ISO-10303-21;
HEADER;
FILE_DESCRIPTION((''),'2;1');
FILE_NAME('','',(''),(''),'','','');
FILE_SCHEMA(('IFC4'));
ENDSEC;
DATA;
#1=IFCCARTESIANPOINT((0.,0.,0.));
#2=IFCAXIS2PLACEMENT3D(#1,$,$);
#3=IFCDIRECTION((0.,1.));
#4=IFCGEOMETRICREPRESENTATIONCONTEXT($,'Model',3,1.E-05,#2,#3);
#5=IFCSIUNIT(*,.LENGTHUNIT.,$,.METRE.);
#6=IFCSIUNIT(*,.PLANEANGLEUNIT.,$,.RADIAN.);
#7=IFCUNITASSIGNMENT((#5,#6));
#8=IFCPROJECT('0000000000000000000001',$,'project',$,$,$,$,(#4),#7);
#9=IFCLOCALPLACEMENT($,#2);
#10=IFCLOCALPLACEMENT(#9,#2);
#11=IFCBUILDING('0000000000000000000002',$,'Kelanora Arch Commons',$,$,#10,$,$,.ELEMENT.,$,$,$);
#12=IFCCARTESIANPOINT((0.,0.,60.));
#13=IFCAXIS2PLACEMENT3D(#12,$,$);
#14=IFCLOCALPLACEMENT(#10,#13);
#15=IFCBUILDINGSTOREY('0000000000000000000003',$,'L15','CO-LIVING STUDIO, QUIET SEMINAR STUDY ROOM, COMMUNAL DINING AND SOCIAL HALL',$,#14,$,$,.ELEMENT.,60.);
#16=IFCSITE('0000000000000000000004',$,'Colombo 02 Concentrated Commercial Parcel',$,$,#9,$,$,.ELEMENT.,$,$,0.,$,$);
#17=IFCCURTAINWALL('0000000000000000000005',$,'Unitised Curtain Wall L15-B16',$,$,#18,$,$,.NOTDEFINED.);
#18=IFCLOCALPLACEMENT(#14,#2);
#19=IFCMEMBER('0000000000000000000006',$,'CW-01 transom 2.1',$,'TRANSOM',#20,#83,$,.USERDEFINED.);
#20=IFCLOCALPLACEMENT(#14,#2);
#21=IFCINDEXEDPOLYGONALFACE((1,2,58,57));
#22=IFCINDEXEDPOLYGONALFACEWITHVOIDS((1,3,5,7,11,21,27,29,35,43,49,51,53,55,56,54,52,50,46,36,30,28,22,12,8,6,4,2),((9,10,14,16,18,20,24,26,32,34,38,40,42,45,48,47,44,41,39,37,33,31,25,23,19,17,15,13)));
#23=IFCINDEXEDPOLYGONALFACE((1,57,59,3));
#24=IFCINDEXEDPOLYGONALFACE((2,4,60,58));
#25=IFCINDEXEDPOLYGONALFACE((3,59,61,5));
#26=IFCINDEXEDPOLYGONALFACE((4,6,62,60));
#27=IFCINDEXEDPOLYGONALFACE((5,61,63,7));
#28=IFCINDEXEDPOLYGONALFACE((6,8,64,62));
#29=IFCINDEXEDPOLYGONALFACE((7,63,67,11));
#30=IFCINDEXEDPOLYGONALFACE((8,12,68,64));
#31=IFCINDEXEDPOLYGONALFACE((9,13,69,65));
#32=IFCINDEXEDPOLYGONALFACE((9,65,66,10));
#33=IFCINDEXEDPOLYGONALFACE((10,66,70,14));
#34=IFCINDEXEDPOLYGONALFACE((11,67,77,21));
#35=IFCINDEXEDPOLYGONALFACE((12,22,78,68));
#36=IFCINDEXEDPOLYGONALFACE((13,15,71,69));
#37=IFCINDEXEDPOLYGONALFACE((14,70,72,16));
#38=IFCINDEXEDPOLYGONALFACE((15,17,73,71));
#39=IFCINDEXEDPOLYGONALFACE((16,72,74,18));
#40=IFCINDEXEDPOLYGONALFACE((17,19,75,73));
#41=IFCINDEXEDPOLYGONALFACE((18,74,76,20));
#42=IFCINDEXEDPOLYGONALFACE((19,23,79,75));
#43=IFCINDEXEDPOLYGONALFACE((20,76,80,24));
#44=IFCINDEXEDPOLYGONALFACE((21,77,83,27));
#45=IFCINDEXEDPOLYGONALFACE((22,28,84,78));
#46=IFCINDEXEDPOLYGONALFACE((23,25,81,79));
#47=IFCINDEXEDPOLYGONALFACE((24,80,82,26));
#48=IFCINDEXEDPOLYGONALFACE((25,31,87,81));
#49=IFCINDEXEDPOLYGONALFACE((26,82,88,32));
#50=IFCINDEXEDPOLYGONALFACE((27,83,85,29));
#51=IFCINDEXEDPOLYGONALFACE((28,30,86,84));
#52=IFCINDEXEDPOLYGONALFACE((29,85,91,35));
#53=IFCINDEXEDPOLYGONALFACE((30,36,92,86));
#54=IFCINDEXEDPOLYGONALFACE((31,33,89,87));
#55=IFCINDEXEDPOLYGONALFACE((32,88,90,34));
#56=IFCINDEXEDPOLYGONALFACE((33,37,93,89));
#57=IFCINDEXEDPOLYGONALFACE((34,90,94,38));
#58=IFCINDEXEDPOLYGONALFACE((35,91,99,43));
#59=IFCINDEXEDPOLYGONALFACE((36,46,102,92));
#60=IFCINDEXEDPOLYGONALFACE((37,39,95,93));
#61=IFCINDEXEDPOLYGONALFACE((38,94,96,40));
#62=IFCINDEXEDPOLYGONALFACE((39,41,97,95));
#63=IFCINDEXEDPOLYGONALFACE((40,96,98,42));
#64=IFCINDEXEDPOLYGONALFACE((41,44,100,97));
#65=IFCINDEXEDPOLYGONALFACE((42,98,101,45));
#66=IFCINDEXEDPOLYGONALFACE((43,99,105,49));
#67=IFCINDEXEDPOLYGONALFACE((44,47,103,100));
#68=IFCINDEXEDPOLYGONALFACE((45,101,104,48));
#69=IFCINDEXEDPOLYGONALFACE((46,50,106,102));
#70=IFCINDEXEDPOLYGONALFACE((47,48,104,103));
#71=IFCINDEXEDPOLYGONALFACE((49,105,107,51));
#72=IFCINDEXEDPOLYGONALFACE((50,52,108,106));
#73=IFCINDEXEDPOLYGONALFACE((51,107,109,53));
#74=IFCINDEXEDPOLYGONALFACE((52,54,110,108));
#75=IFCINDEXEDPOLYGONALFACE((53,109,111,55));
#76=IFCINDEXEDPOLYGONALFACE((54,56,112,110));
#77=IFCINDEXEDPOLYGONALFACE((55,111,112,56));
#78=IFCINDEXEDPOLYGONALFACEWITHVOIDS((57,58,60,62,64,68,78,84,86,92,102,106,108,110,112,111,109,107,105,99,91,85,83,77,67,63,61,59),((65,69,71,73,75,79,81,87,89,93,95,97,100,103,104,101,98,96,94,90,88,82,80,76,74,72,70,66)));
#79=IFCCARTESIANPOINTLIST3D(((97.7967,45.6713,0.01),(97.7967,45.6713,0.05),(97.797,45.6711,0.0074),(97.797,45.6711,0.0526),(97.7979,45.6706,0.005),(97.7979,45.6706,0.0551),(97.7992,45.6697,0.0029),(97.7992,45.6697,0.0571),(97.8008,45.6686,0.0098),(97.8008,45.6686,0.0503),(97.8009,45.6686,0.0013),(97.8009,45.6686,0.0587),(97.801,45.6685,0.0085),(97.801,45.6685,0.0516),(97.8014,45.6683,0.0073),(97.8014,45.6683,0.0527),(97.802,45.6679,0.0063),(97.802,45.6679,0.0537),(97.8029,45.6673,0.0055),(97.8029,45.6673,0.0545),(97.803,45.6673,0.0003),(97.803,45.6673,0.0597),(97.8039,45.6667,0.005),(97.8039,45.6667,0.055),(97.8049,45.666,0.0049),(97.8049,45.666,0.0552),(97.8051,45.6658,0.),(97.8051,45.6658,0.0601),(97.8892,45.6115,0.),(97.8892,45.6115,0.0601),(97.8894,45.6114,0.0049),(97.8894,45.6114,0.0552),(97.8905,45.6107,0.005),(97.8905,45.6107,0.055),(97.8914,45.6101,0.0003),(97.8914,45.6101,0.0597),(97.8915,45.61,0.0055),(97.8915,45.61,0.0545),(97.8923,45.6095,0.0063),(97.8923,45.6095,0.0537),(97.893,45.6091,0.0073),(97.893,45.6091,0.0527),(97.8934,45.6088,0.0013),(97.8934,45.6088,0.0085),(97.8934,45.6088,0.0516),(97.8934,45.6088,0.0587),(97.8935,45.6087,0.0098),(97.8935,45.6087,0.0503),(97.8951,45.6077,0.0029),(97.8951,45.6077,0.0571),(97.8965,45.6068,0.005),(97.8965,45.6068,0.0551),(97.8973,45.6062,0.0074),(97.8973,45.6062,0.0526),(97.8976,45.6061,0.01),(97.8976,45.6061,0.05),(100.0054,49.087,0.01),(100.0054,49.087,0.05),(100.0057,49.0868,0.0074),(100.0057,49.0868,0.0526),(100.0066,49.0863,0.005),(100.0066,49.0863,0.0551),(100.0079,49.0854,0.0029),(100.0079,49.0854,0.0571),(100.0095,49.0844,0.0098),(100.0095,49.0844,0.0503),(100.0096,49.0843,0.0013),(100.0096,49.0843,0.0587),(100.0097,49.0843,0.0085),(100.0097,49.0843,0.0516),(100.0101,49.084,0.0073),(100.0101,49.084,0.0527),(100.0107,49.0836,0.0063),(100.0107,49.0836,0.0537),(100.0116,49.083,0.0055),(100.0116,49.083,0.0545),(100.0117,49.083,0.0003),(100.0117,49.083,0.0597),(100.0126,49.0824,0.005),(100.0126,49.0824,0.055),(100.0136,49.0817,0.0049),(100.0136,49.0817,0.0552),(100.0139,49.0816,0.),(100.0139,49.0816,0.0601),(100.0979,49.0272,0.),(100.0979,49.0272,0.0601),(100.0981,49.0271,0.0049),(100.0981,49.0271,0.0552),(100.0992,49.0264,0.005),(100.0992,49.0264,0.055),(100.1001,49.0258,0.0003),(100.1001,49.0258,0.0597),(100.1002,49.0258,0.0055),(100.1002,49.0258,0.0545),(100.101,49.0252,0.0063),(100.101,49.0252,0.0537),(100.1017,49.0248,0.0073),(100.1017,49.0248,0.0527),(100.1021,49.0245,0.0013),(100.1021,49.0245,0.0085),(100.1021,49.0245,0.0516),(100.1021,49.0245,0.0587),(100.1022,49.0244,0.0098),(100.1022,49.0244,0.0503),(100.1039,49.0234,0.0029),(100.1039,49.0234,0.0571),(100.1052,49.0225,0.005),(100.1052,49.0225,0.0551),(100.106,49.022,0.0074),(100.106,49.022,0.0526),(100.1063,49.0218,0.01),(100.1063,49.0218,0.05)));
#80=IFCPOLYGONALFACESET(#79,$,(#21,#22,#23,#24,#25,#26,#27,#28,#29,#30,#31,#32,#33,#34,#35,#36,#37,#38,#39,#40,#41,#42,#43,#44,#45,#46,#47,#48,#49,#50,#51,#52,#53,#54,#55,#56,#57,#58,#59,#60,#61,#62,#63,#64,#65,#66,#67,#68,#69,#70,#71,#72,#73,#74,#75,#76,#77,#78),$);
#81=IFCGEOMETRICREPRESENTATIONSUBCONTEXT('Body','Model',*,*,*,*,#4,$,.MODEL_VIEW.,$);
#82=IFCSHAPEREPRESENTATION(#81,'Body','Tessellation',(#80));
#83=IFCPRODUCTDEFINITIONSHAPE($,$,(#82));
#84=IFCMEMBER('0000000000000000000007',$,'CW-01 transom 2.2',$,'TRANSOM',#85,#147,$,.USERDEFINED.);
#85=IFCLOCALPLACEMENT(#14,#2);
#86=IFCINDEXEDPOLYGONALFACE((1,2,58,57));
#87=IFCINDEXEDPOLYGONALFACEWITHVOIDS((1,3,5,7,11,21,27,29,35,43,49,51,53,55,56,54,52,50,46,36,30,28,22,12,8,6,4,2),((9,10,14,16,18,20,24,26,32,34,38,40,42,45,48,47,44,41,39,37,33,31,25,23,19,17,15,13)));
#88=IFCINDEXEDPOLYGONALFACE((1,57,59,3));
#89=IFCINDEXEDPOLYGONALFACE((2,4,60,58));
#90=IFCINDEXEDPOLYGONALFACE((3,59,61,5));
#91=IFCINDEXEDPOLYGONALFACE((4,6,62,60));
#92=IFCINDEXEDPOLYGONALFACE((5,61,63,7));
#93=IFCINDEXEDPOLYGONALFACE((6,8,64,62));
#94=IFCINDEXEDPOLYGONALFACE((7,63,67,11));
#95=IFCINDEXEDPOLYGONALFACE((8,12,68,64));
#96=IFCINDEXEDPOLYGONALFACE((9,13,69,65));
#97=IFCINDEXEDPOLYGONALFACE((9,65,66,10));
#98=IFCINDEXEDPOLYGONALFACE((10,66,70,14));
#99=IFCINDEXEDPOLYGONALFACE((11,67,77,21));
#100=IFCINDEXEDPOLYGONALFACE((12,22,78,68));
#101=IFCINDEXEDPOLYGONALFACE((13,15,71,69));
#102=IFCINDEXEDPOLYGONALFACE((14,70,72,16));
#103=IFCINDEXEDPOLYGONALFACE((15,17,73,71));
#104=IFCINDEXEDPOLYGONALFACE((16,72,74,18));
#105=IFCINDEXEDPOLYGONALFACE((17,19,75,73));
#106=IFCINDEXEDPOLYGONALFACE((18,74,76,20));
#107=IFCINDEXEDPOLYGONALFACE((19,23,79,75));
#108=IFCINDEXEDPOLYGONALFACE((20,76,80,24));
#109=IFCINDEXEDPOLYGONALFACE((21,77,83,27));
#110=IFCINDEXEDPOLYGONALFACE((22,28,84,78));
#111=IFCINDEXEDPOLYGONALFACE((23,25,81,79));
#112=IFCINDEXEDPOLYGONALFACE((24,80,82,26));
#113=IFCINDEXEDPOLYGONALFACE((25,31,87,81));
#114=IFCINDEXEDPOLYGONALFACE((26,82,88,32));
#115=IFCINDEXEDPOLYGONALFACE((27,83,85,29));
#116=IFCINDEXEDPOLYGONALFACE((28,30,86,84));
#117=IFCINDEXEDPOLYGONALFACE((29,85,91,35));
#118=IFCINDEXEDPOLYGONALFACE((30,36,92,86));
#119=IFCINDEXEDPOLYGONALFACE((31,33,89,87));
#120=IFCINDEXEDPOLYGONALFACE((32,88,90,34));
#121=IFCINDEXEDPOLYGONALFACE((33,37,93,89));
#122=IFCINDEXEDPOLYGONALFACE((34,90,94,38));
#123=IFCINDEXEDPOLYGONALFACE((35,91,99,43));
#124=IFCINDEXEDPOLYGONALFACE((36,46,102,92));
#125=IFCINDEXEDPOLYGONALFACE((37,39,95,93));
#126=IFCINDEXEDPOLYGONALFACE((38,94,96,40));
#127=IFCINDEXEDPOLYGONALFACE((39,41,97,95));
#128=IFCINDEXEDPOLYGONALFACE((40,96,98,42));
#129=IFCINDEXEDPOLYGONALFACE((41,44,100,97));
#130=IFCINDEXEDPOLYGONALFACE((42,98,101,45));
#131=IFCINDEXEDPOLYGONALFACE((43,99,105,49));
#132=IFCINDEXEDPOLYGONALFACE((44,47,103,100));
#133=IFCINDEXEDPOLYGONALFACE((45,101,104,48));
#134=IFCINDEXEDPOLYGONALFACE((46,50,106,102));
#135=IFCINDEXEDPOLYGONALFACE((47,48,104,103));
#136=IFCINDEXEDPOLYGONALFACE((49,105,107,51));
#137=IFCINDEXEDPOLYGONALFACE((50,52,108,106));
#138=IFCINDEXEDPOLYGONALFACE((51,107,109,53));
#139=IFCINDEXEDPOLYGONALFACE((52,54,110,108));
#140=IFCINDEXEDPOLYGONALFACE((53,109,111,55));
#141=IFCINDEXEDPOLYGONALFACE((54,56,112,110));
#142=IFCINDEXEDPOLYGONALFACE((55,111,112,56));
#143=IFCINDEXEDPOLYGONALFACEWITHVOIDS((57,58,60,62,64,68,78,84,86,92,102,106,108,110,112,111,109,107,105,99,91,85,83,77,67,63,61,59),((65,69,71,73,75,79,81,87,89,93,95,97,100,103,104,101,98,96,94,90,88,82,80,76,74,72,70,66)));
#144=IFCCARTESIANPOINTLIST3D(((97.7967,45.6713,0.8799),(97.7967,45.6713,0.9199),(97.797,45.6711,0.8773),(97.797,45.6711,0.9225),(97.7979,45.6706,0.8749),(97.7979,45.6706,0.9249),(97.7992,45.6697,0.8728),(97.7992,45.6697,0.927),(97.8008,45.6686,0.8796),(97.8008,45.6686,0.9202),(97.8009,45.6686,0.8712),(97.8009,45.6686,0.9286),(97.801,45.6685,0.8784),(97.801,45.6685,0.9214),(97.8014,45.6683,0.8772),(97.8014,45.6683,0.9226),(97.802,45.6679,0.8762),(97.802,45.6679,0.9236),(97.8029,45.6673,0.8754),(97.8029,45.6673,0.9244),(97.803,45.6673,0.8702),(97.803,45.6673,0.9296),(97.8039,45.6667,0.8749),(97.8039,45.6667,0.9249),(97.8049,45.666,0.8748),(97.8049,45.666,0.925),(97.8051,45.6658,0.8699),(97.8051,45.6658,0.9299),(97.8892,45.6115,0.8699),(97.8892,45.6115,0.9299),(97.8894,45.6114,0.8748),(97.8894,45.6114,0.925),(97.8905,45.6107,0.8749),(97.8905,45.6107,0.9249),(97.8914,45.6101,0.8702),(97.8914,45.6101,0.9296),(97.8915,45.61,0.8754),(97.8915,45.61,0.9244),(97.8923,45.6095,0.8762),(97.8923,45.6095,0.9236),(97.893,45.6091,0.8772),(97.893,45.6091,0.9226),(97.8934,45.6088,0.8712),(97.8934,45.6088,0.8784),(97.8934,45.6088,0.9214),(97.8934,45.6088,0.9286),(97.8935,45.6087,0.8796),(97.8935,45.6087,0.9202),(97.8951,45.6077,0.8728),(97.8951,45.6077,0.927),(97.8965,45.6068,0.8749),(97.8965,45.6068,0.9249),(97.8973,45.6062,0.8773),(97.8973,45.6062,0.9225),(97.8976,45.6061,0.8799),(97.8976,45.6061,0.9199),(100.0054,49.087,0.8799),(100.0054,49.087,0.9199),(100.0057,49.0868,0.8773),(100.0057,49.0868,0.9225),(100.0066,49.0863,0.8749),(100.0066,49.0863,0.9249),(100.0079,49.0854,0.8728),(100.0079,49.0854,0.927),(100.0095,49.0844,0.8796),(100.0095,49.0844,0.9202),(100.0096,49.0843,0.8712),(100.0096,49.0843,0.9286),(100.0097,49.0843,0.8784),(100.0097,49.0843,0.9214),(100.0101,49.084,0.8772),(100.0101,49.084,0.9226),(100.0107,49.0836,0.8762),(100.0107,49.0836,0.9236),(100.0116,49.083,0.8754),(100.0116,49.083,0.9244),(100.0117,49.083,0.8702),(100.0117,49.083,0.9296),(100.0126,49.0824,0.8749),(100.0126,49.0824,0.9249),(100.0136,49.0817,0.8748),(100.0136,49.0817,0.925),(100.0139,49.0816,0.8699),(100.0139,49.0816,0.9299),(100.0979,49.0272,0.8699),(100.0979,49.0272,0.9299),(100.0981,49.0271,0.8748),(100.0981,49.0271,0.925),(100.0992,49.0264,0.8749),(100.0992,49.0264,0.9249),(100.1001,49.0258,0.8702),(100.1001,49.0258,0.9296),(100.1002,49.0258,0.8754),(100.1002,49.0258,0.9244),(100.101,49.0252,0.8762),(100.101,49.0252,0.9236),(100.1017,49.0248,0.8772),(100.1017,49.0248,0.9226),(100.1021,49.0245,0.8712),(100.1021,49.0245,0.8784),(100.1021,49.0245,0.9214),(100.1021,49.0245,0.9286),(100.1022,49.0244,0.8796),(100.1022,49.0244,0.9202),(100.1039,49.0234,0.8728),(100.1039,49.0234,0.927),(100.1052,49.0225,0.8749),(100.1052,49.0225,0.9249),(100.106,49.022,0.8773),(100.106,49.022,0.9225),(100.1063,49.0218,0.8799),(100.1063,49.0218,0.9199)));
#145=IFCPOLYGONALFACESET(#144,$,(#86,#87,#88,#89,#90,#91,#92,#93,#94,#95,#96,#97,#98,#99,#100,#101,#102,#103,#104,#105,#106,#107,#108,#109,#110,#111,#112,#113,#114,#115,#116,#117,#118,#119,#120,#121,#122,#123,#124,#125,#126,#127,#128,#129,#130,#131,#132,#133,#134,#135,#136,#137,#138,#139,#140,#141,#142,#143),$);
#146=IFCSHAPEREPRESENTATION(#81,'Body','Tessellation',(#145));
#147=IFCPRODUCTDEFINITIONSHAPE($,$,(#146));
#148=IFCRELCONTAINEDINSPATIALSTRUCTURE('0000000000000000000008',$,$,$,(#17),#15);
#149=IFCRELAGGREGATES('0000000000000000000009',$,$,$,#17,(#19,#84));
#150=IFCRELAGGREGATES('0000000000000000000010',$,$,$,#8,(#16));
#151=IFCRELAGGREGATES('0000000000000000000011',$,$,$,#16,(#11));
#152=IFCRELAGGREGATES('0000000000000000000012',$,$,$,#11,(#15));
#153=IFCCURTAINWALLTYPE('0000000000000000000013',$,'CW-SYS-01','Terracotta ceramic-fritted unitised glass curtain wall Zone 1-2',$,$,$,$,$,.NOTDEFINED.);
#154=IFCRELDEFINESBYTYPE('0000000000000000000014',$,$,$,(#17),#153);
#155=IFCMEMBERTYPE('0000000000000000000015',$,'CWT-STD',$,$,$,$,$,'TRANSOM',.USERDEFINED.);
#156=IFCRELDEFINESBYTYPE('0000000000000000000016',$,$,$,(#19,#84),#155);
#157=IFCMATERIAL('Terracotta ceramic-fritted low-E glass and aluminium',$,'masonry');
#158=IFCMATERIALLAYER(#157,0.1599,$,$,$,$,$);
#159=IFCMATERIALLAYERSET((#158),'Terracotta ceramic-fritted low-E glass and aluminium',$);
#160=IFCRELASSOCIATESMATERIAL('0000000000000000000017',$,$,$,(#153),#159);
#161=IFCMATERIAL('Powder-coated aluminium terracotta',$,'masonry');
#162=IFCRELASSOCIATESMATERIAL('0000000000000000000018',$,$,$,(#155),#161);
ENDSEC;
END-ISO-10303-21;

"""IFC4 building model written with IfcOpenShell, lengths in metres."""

from ifc_helpers import new_model, si_unit, direction, frame, origin, origin_2d, place, context, subcontext, project, spatial, hollow_rectangle, extrude, material, layer, layer_set, material_profile, profile_set, type_object, element, aggregate, save


model = new_model("IFC4")

# Units and contexts
model_context = context("Model", 3, precision=1e-05, world=origin(), true_north=direction((0.0, 1.0)))
body_context = subcontext(model_context, "Body", "Model", "MODEL_VIEW")
ifc_project = project(units=[si_unit("LENGTHUNIT", "METRE"), si_unit("PLANEANGLEUNIT", "RADIAN")], contexts=[model_context])

# Site, building, storey
site_placement = place(None, origin())
site = spatial("IfcSite", under=ifc_project, at=site_placement, Name="Colombo 02 Concentrated Commercial Parcel", CompositionType="ELEMENT", RefElevation=0.0)
building_placement = place(site_placement, origin())
building = spatial("IfcBuilding", under=site, at=building_placement, Name="Kelanora Arch Commons", CompositionType="ELEMENT")
storey_placement = place(building_placement, frame((0.0, 0.0, 60.0)))
storey = spatial("IfcBuildingStorey", under=building, at=storey_placement, Name="L15", Description="CO-LIVING STUDIO, QUIET SEMINAR STUDY ROOM, COMMUNAL DINING AND SOCIAL HALL", CompositionType="ELEMENT", Elevation=60.0)

# Shared definitions
ifc_material_1 = material(Name="Terracotta ceramic-fritted low-E glass and aluminium", Category="masonry")
ifc_layer_1 = layer(ifc_material_1, 0.1599)
ifc_layer_set_1 = layer_set([ifc_layer_1], Name="Terracotta ceramic-fritted low-E glass and aluminium")
curtain_wall_type = type_object("IfcCurtainWallType", Name="CW-SYS-01", Description="Terracotta ceramic-fritted unitised glass curtain wall Zone 1-2", PredefinedType="NOTDEFINED", material=ifc_layer_set_1)
ifc_material_2 = material(Name="Powder-coated aluminium terracotta", Category="masonry")

# Curtain wall, members
curtain_wall_1_placement = place(storey_placement, origin())
curtain_wall_1 = element("IfcCurtainWall", 1, at=curtain_wall_1_placement, inside=storey, type_object=curtain_wall_type, Name="Unitised Curtain Wall L15-B16", PredefinedType="NOTDEFINED")
ifc_material_profile_1 = material_profile(ifc_material_2, hollow_rectangle(XDim=0.1201, YDim=0.0601, WallThickness=0.0049, InnerFilletRadius=0.0049, OuterFilletRadius=0.01, at=origin_2d()), Name="CWT120x60")
ifc_profile_set_1 = profile_set([ifc_material_profile_1], Name="Powder-coated aluminium terracotta")
member_type_1 = type_object("IfcMemberType", Name="CWT-STD", ElementType="TRANSOM", PredefinedType="USERDEFINED", material=ifc_profile_set_1)
member_1_placement = place(storey_placement, frame((97.8472, 45.6387, 0.03), z_axis=(0.542997, 0.839734, 0.0), x_axis=(-0.839734, 0.542997, 0.0)))
member_1 = element("IfcMember", 2, at=member_1_placement, type_object=member_type_1, Name="CW-01 transom 2.1", ObjectType="TRANSOM", PredefinedType="USERDEFINED", context=body_context, shape_type="SweptSolid", body=[
    extrude(hollow_rectangle(XDim=0.1201, YDim=0.0601, WallThickness=0.0049, InnerFilletRadius=0.0049, OuterFilletRadius=0.01, at=origin_2d()), origin(), (0.0, 0.0, 1.0), 4.0676),
])
member_2_placement = place(storey_placement, frame((97.8472, 45.6387, 0.8999), z_axis=(0.542997, 0.839734, 0.0), x_axis=(-0.839734, 0.542997, 0.0)))
member_2 = element("IfcMember", 3, at=member_2_placement, type_object=member_type_1, Name="CW-01 transom 2.2", ObjectType="TRANSOM", PredefinedType="USERDEFINED", context=body_context, shape_type="SweptSolid", body=[
    extrude(hollow_rectangle(XDim=0.1201, YDim=0.0601, WallThickness=0.0049, InnerFilletRadius=0.0049, OuterFilletRadius=0.01, at=origin_2d()), origin(), (0.0, 0.0, 1.0), 4.0676),
])
aggregate(curtain_wall_1, [member_1, member_2])

save(model, "model.ifc")
